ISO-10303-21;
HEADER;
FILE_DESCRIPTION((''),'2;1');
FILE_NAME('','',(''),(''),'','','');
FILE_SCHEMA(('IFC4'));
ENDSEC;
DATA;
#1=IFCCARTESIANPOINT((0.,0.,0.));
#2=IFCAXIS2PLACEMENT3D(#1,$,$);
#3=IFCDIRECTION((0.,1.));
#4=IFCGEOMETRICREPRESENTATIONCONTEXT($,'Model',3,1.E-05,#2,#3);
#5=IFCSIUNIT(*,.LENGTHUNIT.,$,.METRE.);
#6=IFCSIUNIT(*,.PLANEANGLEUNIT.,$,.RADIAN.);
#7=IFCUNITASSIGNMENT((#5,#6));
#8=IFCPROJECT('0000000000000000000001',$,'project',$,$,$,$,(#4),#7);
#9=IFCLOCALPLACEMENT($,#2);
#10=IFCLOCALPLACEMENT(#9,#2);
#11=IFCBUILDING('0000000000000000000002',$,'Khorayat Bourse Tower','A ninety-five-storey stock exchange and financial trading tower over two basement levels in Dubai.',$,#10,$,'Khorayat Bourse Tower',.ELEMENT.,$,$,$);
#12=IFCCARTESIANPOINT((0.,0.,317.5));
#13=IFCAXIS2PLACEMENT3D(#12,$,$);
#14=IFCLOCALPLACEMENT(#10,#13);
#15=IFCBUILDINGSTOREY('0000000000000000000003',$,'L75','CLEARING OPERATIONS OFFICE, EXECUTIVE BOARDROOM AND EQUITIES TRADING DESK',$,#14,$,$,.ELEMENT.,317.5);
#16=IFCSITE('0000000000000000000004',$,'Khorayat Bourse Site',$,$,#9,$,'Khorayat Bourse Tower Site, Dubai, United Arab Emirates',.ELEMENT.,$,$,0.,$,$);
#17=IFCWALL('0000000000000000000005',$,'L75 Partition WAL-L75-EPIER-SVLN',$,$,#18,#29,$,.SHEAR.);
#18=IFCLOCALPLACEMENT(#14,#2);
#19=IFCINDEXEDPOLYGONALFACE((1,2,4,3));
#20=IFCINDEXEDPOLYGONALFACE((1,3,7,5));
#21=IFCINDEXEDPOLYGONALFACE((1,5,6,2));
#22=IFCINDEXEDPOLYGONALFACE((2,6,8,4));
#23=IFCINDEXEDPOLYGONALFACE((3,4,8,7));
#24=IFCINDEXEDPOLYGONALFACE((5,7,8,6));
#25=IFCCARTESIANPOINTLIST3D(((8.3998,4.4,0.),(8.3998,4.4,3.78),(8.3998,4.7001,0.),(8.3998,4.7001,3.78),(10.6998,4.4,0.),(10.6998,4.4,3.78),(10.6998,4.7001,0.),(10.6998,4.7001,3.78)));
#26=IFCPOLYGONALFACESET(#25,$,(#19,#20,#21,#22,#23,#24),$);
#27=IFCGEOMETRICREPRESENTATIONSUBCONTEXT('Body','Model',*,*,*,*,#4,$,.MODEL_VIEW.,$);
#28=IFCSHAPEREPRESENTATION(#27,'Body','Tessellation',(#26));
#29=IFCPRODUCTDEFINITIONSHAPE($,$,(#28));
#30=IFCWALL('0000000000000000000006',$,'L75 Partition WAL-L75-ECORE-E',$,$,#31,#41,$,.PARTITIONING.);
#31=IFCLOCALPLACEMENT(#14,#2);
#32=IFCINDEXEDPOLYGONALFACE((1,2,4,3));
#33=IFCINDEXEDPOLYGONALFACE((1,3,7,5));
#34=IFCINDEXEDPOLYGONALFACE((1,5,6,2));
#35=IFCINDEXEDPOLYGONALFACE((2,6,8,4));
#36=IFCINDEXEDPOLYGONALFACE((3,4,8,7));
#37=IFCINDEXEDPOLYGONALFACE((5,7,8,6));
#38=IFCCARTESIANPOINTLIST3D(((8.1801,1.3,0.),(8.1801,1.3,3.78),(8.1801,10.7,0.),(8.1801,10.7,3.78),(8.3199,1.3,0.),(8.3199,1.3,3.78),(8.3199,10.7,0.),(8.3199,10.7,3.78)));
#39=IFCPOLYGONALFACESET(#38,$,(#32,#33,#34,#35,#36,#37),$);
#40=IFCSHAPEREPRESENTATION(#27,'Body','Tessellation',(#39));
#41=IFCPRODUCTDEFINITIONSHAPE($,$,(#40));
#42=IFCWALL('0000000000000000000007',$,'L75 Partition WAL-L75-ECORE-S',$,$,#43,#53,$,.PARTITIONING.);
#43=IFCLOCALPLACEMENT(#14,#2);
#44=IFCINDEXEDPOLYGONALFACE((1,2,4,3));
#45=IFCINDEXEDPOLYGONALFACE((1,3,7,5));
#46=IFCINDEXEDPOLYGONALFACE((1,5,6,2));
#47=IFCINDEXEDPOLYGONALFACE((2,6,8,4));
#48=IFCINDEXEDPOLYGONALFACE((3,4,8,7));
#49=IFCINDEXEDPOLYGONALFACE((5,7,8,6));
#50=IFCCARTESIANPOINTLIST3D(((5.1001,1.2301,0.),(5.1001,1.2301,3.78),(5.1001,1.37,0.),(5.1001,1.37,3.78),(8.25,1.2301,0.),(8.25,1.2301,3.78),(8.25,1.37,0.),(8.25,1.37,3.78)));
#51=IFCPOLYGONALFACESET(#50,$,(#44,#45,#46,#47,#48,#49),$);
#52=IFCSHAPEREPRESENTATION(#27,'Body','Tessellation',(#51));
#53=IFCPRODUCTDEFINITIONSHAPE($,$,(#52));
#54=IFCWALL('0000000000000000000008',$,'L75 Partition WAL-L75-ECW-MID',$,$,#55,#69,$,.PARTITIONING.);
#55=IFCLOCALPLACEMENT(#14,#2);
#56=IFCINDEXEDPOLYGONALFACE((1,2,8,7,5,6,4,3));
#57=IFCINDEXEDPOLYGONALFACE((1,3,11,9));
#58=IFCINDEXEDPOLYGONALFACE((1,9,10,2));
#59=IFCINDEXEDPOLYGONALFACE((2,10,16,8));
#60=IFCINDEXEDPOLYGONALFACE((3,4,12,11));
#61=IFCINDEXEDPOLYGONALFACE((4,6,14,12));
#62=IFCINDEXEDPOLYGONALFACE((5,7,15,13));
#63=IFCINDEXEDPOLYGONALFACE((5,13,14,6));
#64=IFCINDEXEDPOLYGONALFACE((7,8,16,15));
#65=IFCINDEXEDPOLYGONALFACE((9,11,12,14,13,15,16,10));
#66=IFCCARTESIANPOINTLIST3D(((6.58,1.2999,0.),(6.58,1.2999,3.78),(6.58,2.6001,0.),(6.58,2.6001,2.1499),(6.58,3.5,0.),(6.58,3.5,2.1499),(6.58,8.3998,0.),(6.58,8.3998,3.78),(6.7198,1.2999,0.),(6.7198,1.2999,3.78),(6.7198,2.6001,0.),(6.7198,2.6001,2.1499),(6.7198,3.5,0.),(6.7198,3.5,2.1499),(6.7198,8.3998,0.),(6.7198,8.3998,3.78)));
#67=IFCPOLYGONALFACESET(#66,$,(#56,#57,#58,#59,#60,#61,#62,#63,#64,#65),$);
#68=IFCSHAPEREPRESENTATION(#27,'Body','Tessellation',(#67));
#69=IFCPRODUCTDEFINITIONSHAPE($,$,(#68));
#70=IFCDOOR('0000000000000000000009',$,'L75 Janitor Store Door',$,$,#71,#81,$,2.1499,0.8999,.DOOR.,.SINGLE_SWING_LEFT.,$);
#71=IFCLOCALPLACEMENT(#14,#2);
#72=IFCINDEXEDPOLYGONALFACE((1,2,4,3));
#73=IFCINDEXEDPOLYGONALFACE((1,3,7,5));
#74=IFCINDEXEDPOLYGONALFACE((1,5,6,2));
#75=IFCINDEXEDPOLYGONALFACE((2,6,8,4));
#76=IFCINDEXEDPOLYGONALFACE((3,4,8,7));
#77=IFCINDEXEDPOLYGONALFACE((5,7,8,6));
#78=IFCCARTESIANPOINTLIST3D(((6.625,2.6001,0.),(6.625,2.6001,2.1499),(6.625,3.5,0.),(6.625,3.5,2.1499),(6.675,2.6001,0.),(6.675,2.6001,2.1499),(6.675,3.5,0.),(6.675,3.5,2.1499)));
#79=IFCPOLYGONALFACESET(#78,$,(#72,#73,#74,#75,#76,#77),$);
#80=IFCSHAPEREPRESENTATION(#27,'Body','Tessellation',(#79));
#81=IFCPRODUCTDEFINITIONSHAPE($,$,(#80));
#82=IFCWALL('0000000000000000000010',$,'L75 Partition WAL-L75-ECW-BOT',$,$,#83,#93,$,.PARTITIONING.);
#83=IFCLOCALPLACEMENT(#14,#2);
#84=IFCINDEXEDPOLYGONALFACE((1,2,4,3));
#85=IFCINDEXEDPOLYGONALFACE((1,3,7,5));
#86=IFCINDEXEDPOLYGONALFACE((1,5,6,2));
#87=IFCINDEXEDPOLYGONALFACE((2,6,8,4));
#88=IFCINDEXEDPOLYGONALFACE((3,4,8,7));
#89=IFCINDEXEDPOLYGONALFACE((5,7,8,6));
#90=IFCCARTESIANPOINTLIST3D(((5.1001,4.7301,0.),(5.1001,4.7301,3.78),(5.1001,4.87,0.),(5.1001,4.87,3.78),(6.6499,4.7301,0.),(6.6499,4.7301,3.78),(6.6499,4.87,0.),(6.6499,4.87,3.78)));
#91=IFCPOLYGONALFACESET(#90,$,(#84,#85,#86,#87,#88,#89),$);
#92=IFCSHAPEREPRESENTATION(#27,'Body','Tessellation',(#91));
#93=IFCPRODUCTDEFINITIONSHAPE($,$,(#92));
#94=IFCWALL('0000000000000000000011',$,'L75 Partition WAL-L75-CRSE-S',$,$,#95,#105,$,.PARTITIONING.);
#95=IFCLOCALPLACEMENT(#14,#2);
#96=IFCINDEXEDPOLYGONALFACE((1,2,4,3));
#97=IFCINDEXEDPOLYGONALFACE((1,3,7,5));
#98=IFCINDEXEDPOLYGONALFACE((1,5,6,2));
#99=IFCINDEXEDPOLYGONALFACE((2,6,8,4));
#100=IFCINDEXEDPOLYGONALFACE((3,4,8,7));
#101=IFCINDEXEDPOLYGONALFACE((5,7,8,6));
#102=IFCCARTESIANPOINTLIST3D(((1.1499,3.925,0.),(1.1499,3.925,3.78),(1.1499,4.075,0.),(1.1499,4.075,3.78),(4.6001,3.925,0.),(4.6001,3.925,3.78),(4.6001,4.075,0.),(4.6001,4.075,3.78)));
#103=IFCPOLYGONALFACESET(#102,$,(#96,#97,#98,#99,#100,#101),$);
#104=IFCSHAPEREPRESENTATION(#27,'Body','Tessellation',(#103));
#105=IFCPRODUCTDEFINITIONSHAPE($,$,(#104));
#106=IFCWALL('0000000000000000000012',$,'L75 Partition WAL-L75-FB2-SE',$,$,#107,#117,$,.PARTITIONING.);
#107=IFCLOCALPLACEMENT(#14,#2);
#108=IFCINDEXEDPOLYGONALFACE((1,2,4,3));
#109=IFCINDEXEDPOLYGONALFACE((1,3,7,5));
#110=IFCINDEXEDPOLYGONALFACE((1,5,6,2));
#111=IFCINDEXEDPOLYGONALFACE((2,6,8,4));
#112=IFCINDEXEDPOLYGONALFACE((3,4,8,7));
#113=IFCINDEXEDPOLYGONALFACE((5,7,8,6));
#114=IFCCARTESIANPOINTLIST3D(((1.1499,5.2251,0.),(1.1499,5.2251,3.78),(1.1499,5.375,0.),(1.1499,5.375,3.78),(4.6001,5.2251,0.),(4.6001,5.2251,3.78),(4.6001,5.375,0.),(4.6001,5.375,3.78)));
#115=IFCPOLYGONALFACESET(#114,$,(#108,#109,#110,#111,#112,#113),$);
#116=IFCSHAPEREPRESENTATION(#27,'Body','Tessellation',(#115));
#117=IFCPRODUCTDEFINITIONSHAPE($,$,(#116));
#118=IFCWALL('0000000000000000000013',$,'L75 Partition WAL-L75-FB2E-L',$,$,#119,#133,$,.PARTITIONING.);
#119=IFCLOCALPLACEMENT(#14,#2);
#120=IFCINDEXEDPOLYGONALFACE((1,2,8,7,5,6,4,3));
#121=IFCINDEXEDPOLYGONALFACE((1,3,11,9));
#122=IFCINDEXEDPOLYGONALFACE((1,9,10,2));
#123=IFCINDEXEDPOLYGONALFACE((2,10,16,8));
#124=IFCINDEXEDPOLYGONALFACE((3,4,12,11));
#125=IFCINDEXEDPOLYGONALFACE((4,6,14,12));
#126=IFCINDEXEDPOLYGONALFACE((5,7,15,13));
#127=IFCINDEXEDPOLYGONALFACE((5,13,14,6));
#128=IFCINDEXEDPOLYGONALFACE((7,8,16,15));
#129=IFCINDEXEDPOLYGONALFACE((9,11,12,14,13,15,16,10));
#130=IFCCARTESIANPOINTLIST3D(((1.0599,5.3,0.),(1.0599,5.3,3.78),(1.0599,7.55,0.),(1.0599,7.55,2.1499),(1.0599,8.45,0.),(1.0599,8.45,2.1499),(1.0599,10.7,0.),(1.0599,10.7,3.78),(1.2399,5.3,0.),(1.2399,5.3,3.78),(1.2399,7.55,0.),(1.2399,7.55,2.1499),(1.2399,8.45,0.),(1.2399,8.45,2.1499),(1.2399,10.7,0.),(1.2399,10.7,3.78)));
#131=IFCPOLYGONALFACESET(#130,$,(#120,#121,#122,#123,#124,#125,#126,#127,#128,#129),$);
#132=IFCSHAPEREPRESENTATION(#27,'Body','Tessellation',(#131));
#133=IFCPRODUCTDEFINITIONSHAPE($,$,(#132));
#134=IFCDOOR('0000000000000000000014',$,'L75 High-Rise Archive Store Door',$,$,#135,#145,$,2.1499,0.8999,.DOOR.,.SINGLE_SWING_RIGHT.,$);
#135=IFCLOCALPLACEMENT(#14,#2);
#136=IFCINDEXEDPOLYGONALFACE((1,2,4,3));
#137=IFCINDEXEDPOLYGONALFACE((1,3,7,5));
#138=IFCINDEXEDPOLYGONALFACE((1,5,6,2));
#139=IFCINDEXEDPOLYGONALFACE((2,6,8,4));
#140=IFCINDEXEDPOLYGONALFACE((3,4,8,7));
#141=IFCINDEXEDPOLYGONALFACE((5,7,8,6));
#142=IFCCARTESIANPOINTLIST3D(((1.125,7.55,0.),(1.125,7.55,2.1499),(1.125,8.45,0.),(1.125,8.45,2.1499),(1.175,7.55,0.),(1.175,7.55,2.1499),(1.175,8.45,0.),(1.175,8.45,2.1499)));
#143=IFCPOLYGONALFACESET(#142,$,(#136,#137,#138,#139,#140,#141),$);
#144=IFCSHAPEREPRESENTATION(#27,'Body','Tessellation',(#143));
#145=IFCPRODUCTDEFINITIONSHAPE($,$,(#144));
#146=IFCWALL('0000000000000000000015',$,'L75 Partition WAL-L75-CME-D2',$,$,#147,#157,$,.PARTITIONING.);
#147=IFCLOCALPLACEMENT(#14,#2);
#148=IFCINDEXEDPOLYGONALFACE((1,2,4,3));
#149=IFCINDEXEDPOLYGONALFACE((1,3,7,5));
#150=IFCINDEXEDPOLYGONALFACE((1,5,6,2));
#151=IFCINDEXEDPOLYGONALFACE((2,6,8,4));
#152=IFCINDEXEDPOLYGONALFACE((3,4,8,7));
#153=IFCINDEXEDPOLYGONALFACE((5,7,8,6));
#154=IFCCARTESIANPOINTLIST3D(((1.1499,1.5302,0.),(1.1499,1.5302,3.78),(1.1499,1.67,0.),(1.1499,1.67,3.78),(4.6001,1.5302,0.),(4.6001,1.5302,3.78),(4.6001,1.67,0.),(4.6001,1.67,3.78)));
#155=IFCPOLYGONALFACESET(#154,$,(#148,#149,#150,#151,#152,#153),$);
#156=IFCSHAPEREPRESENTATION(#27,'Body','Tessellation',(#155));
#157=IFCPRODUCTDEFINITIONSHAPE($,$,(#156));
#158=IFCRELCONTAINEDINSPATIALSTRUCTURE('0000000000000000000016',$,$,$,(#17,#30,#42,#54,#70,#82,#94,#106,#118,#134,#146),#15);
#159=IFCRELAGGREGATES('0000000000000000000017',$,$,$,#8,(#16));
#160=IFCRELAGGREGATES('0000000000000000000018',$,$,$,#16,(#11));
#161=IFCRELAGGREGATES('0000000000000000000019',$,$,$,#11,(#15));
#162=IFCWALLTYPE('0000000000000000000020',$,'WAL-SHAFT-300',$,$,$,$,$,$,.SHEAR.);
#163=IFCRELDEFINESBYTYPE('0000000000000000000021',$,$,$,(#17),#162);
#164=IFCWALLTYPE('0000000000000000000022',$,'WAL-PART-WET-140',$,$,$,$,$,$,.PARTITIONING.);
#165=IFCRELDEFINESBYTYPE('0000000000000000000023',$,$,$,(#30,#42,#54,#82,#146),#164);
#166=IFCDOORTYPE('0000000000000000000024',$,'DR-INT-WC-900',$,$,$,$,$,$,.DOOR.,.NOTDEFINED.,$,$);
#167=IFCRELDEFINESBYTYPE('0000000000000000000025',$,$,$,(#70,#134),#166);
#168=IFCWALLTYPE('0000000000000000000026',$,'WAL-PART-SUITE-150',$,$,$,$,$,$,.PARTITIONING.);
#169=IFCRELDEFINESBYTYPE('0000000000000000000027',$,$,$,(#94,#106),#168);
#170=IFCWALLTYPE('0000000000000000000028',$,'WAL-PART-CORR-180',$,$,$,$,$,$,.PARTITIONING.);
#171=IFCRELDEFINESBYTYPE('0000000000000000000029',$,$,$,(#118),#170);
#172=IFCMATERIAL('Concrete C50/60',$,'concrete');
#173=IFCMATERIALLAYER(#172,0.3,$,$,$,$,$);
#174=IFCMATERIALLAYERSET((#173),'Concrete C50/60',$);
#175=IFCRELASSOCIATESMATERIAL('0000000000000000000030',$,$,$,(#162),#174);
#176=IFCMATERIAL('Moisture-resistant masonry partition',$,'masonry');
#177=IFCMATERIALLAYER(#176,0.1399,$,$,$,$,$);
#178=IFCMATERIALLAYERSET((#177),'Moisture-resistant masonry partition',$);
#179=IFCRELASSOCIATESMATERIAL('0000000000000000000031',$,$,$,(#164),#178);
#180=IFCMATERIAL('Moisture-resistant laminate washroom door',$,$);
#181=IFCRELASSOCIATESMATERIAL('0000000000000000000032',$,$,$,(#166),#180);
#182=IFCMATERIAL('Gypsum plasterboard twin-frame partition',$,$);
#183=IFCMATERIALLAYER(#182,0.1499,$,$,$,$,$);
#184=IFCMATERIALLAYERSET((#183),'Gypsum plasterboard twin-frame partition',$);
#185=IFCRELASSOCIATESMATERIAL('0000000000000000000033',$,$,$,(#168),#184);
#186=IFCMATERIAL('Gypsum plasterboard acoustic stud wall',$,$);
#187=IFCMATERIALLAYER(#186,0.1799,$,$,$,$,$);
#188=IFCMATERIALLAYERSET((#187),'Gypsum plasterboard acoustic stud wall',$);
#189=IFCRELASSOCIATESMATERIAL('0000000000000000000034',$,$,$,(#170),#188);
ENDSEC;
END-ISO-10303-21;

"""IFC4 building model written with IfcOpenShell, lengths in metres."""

from ifc_helpers import new_model, si_unit, direction, frame, frame_2d, origin, place, context, subcontext, project, spatial, rectangle, extrude, source, transform, mapped, material, layer, layer_set, type_object, element, fill, save


model = new_model("IFC4")

# Units and contexts
model_context = context("Model", 3, precision=1e-05, world=origin(), true_north=direction((0.0, 1.0)))
body_context = subcontext(model_context, "Body", "Model", "MODEL_VIEW")
ifc_project = project(units=[si_unit("LENGTHUNIT", "METRE"), si_unit("PLANEANGLEUNIT", "RADIAN")], contexts=[model_context])

# Site, building, storey
site_placement = place(None, origin())
site = spatial("IfcSite", under=ifc_project, at=site_placement, Name="Khorayat Bourse Site", LongName="Khorayat Bourse Tower Site, Dubai, United Arab Emirates", CompositionType="ELEMENT", RefElevation=0.0)
building_placement = place(site_placement, origin())
building = spatial("IfcBuilding", under=site, at=building_placement, Name="Khorayat Bourse Tower", Description="A ninety-five-storey stock exchange and financial trading tower over two basement levels in Dubai.", LongName="Khorayat Bourse Tower", CompositionType="ELEMENT")
storey_placement = place(building_placement, frame((0.0, 0.0, 317.5)))
storey = spatial("IfcBuildingStorey", under=building, at=storey_placement, Name="L75", Description="CLEARING OPERATIONS OFFICE, EXECUTIVE BOARDROOM AND EQUITIES TRADING DESK", CompositionType="ELEMENT", Elevation=317.5)

# Walls
ifc_material_1 = material(Name="Concrete C50/60", Category="concrete")
ifc_layer_1 = layer(ifc_material_1, 0.3)
ifc_layer_set_1 = layer_set([ifc_layer_1], Name="Concrete C50/60")
wall_type_1 = type_object("IfcWallType", Name="WAL-SHAFT-300", PredefinedType="SHEAR", material=ifc_layer_set_1)
shared_shape_1 = source(origin(), body_context, "Body", "SweptSolid", [
    extrude(rectangle(XDim=2.3, YDim=0.3, at=frame_2d((1.1499, 0.0))), origin(), (0.0, 0.0, 1.0), 3.78),
])
wall_1_placement = place(storey_placement, frame((8.3999, 4.55, 0.0), z_axis=(0.0, 0.0, 1.0), x_axis=(1.0, 0.0, 0.0)))
element("IfcWall", 1, at=wall_1_placement, inside=storey, type_object=wall_type_1, Name="L75 Partition WAL-L75-EPIER-SVLN", PredefinedType="SHEAR", context=body_context, shape_type="MappedRepresentation", body=[
    mapped(shared_shape_1, transform((0.0, 0.0, 0.0), scale=1.0)),
])
ifc_material_2 = material(Name="Moisture-resistant masonry partition", Category="masonry")
ifc_layer_2 = layer(ifc_material_2, 0.1399)
ifc_layer_set_2 = layer_set([ifc_layer_2], Name="Moisture-resistant masonry partition")
wall_type_2 = type_object("IfcWallType", Name="WAL-PART-WET-140", PredefinedType="PARTITIONING", material=ifc_layer_set_2)
shared_shape_2 = source(origin(), body_context, "Body", "SweptSolid", [
    extrude(rectangle(XDim=9.3999, YDim=0.1399, at=frame_2d((4.7, 0.0))), origin(), (0.0, 0.0, 1.0), 3.78),
])
wall_2_placement = place(storey_placement, frame((8.25, 1.3, 0.0), z_axis=(0.0, 0.0, 1.0), x_axis=(0.0, 1.0, 0.0)))
element("IfcWall", 2, at=wall_2_placement, inside=storey, type_object=wall_type_2, Name="L75 Partition WAL-L75-ECORE-E", PredefinedType="PARTITIONING", context=body_context, shape_type="MappedRepresentation", body=[
    mapped(shared_shape_2, transform((0.0, 0.0, 0.0), scale=1.0)),
])
shared_shape_3 = source(origin(), body_context, "Body", "SweptSolid", [
    extrude(rectangle(XDim=3.1499, YDim=0.1399, at=frame_2d((1.575, 0.0))), origin(), (0.0, 0.0, 1.0), 3.78),
])
wall_3_placement = place(storey_placement, frame((5.1001, 1.3, 0.0), z_axis=(0.0, 0.0, 1.0), x_axis=(1.0, 0.0, 0.0)))
element("IfcWall", 3, at=wall_3_placement, inside=storey, type_object=wall_type_2, Name="L75 Partition WAL-L75-ECORE-S", PredefinedType="PARTITIONING", context=body_context, shape_type="MappedRepresentation", body=[
    mapped(shared_shape_3, transform((0.0, 0.0, 0.0), scale=1.0)),
])

# Wall, opening, door
shared_shape_4 = source(origin(), body_context, "Body", "SweptSolid", [
    extrude(rectangle(XDim=7.0999, YDim=0.1399, at=frame_2d((3.5498, 0.0))), origin(), (0.0, 0.0, 1.0), 3.78),
])
wall_4_placement = place(storey_placement, frame((6.6499, 1.3, 0.0), z_axis=(0.0, 0.0, 1.0), x_axis=(0.0, 1.0, 0.0)))
wall_4 = element("IfcWall", 4, at=wall_4_placement, inside=storey, type_object=wall_type_2, Name="L75 Partition WAL-L75-ECW-MID", PredefinedType="PARTITIONING", context=body_context, shape_type="MappedRepresentation", body=[
    mapped(shared_shape_4, transform((0.0, 0.0, 0.0), scale=1.0)),
])
shared_shape_5 = source(origin(), body_context, "Body", "SweptSolid", [
    extrude(rectangle(XDim=0.8999, YDim=2.1499, at=frame_2d((0.45, 1.075))), frame((0.0, 0.0798, 0.0), z_axis=(0.0, -1.0, 0.0), x_axis=(1.0, 0.0, 0.0)), (0.0, 0.0, 1.0), 0.1599),
])
opening_1_placement = place(wall_4_placement, frame((1.3, 0.0, 0.0)))
opening_1 = element("IfcOpeningElement", 5, at=opening_1_placement, cuts=wall_4, PredefinedType="OPENING", context=body_context, shape_type="MappedRepresentation", body=[
    mapped(shared_shape_5, transform((0.0, 0.0, 0.0), scale=1.0)),
])
ifc_material_3 = material(Name="Moisture-resistant laminate washroom door")
door_type = type_object("IfcDoorType", Name="DR-INT-WC-900", OperationType="NOTDEFINED", PredefinedType="DOOR", material=ifc_material_3)
shared_shape_6 = source(origin(), body_context, "Body", "SweptSolid", [
    extrude(rectangle(XDim=0.8999, YDim=2.1499, at=frame_2d((0.45, 1.075))), frame((0.0, 0.0249, 0.0), z_axis=(0.0, -1.0, 0.0), x_axis=(1.0, 0.0, 0.0)), (0.0, 0.0, 1.0), 0.05),
])
door_1_placement = place(opening_1_placement, origin())
door_1 = element("IfcDoor", 6, at=door_1_placement, inside=storey, type_object=door_type, Name="L75 Janitor Store Door", OperationType="SINGLE_SWING_LEFT", OverallHeight=2.1499, OverallWidth=0.8999, PredefinedType="DOOR", context=body_context, shape_type="MappedRepresentation", body=[
    mapped(shared_shape_6, transform((0.0, 0.0, 0.0), scale=1.0)),
])
fill(opening_1, door_1)

# Walls
shared_shape_7 = source(origin(), body_context, "Body", "SweptSolid", [
    extrude(rectangle(XDim=1.5498, YDim=0.1399, at=frame_2d((0.7749, 0.0))), origin(), (0.0, 0.0, 1.0), 3.78),
])
wall_5_placement = place(storey_placement, frame((5.1001, 4.8, 0.0), z_axis=(0.0, 0.0, 1.0), x_axis=(1.0, 0.0, 0.0)))
element("IfcWall", 7, at=wall_5_placement, inside=storey, type_object=wall_type_2, Name="L75 Partition WAL-L75-ECW-BOT", PredefinedType="PARTITIONING", context=body_context, shape_type="MappedRepresentation", body=[
    mapped(shared_shape_7, transform((0.0, 0.0, 0.0), scale=1.0)),
])
ifc_material_4 = material(Name="Gypsum plasterboard twin-frame partition")
ifc_layer_3 = layer(ifc_material_4, 0.1499)
ifc_layer_set_3 = layer_set([ifc_layer_3], Name="Gypsum plasterboard twin-frame partition")
wall_type_3 = type_object("IfcWallType", Name="WAL-PART-SUITE-150", PredefinedType="PARTITIONING", material=ifc_layer_set_3)
shared_shape_8 = source(origin(), body_context, "Body", "SweptSolid", [
    extrude(rectangle(XDim=3.4502, YDim=0.1499, at=frame_2d((1.7251, 0.0))), origin(), (0.0, 0.0, 1.0), 3.78),
])
for number, where, z_axis, x_axis, name in (
    (8, (1.1499, 4.0, 0.0), (0.0, 0.0, 1.0), (1.0, 0.0, 0.0), "L75 Partition WAL-L75-CRSE-S"),
    (9, (1.1499, 5.3, 0.0), (0.0, 0.0, 1.0), (1.0, 0.0, 0.0), "L75 Partition WAL-L75-FB2-SE"),
):
    element("IfcWall", number, at=place(storey_placement, frame(where, z_axis=z_axis, x_axis=x_axis)), inside=storey, type_object=wall_type_3, Name=name, PredefinedType="PARTITIONING", context=body_context, shape_type="MappedRepresentation", body=[
        mapped(shared_shape_8, transform((0.0, 0.0, 0.0), scale=1.0)),
    ])

# Shared definitions
ifc_material_5 = material(Name="Gypsum plasterboard acoustic stud wall")
ifc_layer_4 = layer(ifc_material_5, 0.1799)
ifc_layer_set_4 = layer_set([ifc_layer_4], Name="Gypsum plasterboard acoustic stud wall")
wall_type_4 = type_object("IfcWallType", Name="WAL-PART-CORR-180", PredefinedType="PARTITIONING", material=ifc_layer_set_4)
shared_shape_9 = source(origin(), body_context, "Body", "SweptSolid", [
    extrude(rectangle(XDim=5.3999, YDim=0.1799, at=frame_2d((2.7, 0.0))), origin(), (0.0, 0.0, 1.0), 3.78),
])
shared_shape_10 = source(origin(), body_context, "Body", "SweptSolid", [
    extrude(rectangle(XDim=0.8999, YDim=2.1499, at=frame_2d((0.45, 1.075))), frame((0.0, 0.0999, 0.0), z_axis=(0.0, -1.0, 0.0), x_axis=(1.0, 0.0, 0.0)), (0.0, 0.0, 1.0), 0.2),
])

# Wall, opening, door
wall_6_placement = place(storey_placement, frame((1.1499, 5.3, 0.0), z_axis=(0.0, 0.0, 1.0), x_axis=(0.0, 1.0, 0.0)))
wall_6 = element("IfcWall", 10, at=wall_6_placement, inside=storey, type_object=wall_type_4, Name="L75 Partition WAL-L75-FB2E-L", PredefinedType="PARTITIONING", context=body_context, shape_type="MappedRepresentation", body=[
    mapped(shared_shape_9, transform((0.0, 0.0, 0.0), scale=1.0)),
])
opening_2_placement = place(wall_6_placement, frame((2.25, 0.0, 0.0)))
opening_2 = element("IfcOpeningElement", 11, at=opening_2_placement, cuts=wall_6, PredefinedType="OPENING", context=body_context, shape_type="MappedRepresentation", body=[
    mapped(shared_shape_10, transform((0.0, 0.0, 0.0), scale=1.0)),
])
door_2_placement = place(opening_2_placement, origin())
door_2 = element("IfcDoor", 12, at=door_2_placement, inside=storey, type_object=door_type, Name="L75 High-Rise Archive Store Door", OperationType="SINGLE_SWING_RIGHT", OverallHeight=2.1499, OverallWidth=0.8999, PredefinedType="DOOR", context=body_context, shape_type="MappedRepresentation", body=[
    mapped(shared_shape_6, transform((0.0, 0.0, 0.0), scale=1.0)),
])
fill(opening_2, door_2)

# Wall
shared_shape_11 = source(origin(), body_context, "Body", "SweptSolid", [
    extrude(rectangle(XDim=3.4502, YDim=0.1399, at=frame_2d((1.7251, 0.0))), origin(), (0.0, 0.0, 1.0), 3.78),
])
wall_7_placement = place(storey_placement, frame((1.1499, 1.6001, 0.0), z_axis=(0.0, 0.0, 1.0), x_axis=(1.0, 0.0, 0.0)))
element("IfcWall", 13, at=wall_7_placement, inside=storey, type_object=wall_type_2, Name="L75 Partition WAL-L75-CME-D2", PredefinedType="PARTITIONING", context=body_context, shape_type="MappedRepresentation", body=[
    mapped(shared_shape_11, transform((0.0, 0.0, 0.0), scale=1.0)),
])

save(model, "model.ifc")
